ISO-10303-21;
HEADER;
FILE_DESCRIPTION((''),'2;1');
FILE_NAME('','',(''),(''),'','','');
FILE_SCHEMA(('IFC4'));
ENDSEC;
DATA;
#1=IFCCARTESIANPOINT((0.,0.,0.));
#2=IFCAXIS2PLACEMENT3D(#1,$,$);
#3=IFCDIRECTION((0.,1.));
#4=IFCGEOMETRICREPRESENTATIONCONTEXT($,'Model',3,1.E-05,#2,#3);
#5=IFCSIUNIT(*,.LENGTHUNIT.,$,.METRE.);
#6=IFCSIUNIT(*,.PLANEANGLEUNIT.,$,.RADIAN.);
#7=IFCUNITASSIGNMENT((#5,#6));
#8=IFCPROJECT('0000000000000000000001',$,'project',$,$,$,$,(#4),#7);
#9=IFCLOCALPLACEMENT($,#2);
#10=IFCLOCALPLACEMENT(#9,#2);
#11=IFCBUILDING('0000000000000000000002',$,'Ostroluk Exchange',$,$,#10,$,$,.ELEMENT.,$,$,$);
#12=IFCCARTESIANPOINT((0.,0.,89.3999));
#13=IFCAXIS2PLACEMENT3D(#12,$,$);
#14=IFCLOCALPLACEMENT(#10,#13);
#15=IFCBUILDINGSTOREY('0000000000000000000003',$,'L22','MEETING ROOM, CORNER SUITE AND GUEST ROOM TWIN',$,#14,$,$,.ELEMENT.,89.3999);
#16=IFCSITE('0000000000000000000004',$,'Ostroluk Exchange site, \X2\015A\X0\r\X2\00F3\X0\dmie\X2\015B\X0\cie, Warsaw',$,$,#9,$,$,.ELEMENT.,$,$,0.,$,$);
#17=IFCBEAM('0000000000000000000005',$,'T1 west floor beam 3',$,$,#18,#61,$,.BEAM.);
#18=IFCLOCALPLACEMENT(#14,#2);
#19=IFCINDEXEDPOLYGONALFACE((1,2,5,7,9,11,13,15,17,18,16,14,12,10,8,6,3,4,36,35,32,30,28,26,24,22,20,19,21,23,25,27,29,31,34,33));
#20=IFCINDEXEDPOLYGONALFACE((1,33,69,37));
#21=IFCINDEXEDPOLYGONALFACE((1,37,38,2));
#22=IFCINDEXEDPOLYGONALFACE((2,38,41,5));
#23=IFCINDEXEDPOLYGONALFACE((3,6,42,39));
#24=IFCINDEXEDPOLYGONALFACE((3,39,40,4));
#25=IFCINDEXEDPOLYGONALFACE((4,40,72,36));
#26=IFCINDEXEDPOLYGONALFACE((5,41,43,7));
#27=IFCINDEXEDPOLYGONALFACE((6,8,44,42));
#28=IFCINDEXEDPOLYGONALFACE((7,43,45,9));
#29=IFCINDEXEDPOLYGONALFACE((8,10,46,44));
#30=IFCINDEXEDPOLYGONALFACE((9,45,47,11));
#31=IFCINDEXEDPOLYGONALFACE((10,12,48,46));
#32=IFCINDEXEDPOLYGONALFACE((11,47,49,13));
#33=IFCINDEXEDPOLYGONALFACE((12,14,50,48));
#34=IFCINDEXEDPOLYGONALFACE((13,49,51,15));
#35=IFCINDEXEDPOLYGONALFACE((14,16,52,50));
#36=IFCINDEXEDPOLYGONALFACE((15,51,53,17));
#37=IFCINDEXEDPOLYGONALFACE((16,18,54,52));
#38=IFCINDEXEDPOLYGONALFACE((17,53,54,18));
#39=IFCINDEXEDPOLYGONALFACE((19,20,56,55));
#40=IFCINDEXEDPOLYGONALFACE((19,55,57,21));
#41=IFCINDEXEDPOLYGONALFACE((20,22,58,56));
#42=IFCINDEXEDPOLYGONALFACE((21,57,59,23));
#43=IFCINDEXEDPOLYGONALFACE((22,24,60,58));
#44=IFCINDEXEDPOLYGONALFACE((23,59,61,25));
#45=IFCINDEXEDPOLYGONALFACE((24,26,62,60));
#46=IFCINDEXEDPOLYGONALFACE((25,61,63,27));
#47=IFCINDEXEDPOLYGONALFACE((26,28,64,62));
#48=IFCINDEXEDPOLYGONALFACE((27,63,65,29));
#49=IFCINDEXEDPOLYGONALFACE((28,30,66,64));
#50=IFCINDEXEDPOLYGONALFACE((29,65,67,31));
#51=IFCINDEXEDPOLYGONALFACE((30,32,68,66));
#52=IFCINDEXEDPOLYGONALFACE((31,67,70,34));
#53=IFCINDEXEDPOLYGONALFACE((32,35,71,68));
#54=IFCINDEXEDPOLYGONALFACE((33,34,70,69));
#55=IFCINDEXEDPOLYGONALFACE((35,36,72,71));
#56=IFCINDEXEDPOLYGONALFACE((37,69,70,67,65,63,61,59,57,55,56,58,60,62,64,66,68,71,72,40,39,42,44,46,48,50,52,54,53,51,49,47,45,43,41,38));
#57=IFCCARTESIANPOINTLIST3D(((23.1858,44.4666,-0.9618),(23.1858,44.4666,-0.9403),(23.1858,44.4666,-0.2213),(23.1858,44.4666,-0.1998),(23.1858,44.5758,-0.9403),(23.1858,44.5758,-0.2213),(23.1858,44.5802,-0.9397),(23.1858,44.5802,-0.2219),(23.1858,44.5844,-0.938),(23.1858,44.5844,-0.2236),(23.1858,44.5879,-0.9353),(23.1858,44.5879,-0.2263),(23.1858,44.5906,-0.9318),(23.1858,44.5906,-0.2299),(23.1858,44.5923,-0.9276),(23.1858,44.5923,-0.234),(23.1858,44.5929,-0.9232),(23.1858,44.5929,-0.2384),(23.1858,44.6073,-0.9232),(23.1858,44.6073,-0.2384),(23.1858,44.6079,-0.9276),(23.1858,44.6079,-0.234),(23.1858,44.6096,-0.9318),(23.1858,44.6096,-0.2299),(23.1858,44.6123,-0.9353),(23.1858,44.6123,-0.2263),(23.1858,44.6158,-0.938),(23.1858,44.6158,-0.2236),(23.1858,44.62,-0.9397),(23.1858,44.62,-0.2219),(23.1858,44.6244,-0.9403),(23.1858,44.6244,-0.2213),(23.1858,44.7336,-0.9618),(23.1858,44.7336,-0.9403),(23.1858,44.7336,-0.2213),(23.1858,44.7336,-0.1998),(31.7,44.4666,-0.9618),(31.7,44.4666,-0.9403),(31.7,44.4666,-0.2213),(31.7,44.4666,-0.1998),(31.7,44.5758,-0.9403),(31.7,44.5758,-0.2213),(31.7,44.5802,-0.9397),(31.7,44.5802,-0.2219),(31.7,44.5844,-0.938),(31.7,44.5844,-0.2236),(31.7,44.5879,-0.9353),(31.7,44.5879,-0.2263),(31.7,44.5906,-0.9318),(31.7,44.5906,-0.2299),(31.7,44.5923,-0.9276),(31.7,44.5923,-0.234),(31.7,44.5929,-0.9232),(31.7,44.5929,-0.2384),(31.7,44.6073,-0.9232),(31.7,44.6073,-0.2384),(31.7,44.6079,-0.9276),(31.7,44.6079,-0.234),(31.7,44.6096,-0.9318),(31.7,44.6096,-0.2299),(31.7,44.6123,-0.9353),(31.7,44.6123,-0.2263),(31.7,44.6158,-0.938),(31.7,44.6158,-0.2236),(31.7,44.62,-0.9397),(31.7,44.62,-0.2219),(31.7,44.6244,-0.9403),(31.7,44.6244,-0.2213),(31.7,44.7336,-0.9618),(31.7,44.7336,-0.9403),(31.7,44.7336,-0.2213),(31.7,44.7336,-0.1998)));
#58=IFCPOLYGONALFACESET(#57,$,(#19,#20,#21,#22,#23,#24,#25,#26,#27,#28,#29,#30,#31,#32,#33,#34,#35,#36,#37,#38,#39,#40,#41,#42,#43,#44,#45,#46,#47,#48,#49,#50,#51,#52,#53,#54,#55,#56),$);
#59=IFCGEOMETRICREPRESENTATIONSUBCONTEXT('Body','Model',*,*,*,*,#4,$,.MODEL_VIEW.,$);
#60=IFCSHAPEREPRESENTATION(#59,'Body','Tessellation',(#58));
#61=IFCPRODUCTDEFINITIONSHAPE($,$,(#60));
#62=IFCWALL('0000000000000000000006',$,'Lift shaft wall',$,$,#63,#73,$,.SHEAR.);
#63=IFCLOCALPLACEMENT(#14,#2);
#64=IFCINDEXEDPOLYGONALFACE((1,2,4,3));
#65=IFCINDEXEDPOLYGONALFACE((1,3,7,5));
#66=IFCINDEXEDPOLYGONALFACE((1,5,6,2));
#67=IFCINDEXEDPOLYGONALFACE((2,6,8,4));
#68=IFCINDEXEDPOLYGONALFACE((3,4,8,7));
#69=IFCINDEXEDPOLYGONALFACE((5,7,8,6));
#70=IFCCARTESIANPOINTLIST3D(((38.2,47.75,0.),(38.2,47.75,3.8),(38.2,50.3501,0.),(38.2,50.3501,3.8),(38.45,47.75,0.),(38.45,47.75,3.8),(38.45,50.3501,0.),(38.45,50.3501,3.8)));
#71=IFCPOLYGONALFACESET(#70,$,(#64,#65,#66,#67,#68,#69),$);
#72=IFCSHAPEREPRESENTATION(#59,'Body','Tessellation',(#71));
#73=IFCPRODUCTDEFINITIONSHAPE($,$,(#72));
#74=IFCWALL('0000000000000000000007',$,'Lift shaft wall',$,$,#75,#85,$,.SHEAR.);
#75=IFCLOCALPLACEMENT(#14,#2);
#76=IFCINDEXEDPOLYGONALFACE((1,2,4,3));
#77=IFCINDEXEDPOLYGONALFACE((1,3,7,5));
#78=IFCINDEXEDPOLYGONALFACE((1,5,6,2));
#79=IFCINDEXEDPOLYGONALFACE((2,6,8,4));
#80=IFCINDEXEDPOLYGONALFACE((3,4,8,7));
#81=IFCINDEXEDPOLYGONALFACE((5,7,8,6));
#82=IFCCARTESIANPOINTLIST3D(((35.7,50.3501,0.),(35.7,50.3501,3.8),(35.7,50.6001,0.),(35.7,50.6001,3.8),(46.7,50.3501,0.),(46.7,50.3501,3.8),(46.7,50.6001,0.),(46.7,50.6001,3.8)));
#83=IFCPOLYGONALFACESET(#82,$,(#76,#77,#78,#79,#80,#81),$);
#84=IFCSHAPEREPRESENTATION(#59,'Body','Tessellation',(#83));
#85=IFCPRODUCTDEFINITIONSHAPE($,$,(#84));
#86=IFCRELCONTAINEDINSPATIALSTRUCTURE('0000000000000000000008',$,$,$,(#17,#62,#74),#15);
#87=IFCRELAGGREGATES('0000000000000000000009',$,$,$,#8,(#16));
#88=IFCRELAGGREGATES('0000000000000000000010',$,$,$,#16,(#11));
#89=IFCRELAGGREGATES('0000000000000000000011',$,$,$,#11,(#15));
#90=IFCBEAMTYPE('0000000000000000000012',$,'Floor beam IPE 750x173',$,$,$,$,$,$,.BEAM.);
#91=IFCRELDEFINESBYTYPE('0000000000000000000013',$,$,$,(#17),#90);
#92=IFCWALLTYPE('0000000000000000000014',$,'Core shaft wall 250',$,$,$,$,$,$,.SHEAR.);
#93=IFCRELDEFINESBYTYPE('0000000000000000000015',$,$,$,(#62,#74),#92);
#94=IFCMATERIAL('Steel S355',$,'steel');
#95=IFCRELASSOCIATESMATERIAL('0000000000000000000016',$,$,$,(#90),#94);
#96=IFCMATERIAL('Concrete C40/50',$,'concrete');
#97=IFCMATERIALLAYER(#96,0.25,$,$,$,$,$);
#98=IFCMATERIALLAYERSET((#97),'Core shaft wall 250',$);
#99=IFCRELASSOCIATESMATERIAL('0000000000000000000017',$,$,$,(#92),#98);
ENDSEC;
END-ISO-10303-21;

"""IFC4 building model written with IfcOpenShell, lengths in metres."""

from ifc_helpers import new_model, si_unit, direction, frame, frame_2d, origin, origin_2d, place, context, subcontext, project, spatial, rectangle, i_section, extrude, material, layer, layer_set, material_profile, profile_set, type_object, element, save


model = new_model("IFC4")

# Units and contexts
model_context = context("Model", 3, precision=1e-05, world=origin(), true_north=direction((0.0, 1.0)))
body_context = subcontext(model_context, "Body", "Model", "MODEL_VIEW")
ifc_project = project(units=[si_unit("LENGTHUNIT", "METRE"), si_unit("PLANEANGLEUNIT", "RADIAN")], contexts=[model_context])

# Site, building, storey
site_placement = place(None, origin())
site = spatial("IfcSite", under=ifc_project, at=site_placement, Name="Ostroluk Exchange site, Śródmieście, Warsaw", CompositionType="ELEMENT", RefElevation=0.0)
building_placement = place(site_placement, origin())
building = spatial("IfcBuilding", under=site, at=building_placement, Name="Ostroluk Exchange", CompositionType="ELEMENT")
storey_placement = place(building_placement, frame((0.0, 0.0, 89.3999)))
storey = spatial("IfcBuildingStorey", under=building, at=storey_placement, Name="L22", Description="MEETING ROOM, CORNER SUITE AND GUEST ROOM TWIN", CompositionType="ELEMENT", Elevation=89.3999)

# Beam
ifc_material_1 = material(Name="Steel S355", Category="steel")
ifc_material_profile = material_profile(ifc_material_1, i_section(OverallWidth=0.2671, OverallDepth=0.762, WebThickness=0.0144, FlangeThickness=0.0215, FilletRadius=0.0171, at=origin_2d()), Name="IPE 750x173")
ifc_profile_set = profile_set([ifc_material_profile], Name="Steel S355")
beam_type = type_object("IfcBeamType", Name="Floor beam IPE 750x173", PredefinedType="BEAM", material=ifc_profile_set)
beam_placement = place(storey_placement, frame((31.7, 44.6001, -0.5808), z_axis=(-1.0, 0.0, 0.0), x_axis=(0.0, -1.0, 0.0)))
element("IfcBeam", 1, at=beam_placement, inside=storey, type_object=beam_type, Name="T1 west floor beam 3", PredefinedType="BEAM", context=body_context, shape_type="SweptSolid", body=[
    extrude(i_section(OverallWidth=0.2671, OverallDepth=0.762, WebThickness=0.0144, FlangeThickness=0.0215, FilletRadius=0.0171, at=origin_2d()), origin(), (0.0, 0.0, 1.0), 8.5142),
])

# Walls
ifc_material_2 = material(Name="Concrete C40/50", Category="concrete")
ifc_layer = layer(ifc_material_2, 0.25)
ifc_layer_set = layer_set([ifc_layer], Name="Core shaft wall 250")
wall_type = type_object("IfcWallType", Name="Core shaft wall 250", PredefinedType="SHEAR", material=ifc_layer_set)
wall_1_placement = place(storey_placement, frame((38.325, 47.75, 0.0), z_axis=(0.0, 0.0, 1.0), x_axis=(0.0, 1.0, 0.0)))
element("IfcWall", 2, at=wall_1_placement, inside=storey, type_object=wall_type, Name="Lift shaft wall", PredefinedType="SHEAR", context=body_context, shape_type="SweptSolid", body=[
    extrude(rectangle(XDim=2.6001, YDim=0.25, at=frame_2d((1.3, 0.0))), origin(), (0.0, 0.0, 1.0), 3.8),
])
wall_2_placement = place(storey_placement, frame((35.7, 50.4751, 0.0), z_axis=(0.0, 0.0, 1.0), x_axis=(1.0, 0.0, 0.0)))
element("IfcWall", 3, at=wall_2_placement, inside=storey, type_object=wall_type, Name="Lift shaft wall", PredefinedType="SHEAR", context=body_context, shape_type="SweptSolid", body=[
    extrude(rectangle(XDim=11.0, YDim=0.25, at=frame_2d((5.5, 0.0))), origin(), (0.0, 0.0, 1.0), 3.8),
])

save(model, "model.ifc")
